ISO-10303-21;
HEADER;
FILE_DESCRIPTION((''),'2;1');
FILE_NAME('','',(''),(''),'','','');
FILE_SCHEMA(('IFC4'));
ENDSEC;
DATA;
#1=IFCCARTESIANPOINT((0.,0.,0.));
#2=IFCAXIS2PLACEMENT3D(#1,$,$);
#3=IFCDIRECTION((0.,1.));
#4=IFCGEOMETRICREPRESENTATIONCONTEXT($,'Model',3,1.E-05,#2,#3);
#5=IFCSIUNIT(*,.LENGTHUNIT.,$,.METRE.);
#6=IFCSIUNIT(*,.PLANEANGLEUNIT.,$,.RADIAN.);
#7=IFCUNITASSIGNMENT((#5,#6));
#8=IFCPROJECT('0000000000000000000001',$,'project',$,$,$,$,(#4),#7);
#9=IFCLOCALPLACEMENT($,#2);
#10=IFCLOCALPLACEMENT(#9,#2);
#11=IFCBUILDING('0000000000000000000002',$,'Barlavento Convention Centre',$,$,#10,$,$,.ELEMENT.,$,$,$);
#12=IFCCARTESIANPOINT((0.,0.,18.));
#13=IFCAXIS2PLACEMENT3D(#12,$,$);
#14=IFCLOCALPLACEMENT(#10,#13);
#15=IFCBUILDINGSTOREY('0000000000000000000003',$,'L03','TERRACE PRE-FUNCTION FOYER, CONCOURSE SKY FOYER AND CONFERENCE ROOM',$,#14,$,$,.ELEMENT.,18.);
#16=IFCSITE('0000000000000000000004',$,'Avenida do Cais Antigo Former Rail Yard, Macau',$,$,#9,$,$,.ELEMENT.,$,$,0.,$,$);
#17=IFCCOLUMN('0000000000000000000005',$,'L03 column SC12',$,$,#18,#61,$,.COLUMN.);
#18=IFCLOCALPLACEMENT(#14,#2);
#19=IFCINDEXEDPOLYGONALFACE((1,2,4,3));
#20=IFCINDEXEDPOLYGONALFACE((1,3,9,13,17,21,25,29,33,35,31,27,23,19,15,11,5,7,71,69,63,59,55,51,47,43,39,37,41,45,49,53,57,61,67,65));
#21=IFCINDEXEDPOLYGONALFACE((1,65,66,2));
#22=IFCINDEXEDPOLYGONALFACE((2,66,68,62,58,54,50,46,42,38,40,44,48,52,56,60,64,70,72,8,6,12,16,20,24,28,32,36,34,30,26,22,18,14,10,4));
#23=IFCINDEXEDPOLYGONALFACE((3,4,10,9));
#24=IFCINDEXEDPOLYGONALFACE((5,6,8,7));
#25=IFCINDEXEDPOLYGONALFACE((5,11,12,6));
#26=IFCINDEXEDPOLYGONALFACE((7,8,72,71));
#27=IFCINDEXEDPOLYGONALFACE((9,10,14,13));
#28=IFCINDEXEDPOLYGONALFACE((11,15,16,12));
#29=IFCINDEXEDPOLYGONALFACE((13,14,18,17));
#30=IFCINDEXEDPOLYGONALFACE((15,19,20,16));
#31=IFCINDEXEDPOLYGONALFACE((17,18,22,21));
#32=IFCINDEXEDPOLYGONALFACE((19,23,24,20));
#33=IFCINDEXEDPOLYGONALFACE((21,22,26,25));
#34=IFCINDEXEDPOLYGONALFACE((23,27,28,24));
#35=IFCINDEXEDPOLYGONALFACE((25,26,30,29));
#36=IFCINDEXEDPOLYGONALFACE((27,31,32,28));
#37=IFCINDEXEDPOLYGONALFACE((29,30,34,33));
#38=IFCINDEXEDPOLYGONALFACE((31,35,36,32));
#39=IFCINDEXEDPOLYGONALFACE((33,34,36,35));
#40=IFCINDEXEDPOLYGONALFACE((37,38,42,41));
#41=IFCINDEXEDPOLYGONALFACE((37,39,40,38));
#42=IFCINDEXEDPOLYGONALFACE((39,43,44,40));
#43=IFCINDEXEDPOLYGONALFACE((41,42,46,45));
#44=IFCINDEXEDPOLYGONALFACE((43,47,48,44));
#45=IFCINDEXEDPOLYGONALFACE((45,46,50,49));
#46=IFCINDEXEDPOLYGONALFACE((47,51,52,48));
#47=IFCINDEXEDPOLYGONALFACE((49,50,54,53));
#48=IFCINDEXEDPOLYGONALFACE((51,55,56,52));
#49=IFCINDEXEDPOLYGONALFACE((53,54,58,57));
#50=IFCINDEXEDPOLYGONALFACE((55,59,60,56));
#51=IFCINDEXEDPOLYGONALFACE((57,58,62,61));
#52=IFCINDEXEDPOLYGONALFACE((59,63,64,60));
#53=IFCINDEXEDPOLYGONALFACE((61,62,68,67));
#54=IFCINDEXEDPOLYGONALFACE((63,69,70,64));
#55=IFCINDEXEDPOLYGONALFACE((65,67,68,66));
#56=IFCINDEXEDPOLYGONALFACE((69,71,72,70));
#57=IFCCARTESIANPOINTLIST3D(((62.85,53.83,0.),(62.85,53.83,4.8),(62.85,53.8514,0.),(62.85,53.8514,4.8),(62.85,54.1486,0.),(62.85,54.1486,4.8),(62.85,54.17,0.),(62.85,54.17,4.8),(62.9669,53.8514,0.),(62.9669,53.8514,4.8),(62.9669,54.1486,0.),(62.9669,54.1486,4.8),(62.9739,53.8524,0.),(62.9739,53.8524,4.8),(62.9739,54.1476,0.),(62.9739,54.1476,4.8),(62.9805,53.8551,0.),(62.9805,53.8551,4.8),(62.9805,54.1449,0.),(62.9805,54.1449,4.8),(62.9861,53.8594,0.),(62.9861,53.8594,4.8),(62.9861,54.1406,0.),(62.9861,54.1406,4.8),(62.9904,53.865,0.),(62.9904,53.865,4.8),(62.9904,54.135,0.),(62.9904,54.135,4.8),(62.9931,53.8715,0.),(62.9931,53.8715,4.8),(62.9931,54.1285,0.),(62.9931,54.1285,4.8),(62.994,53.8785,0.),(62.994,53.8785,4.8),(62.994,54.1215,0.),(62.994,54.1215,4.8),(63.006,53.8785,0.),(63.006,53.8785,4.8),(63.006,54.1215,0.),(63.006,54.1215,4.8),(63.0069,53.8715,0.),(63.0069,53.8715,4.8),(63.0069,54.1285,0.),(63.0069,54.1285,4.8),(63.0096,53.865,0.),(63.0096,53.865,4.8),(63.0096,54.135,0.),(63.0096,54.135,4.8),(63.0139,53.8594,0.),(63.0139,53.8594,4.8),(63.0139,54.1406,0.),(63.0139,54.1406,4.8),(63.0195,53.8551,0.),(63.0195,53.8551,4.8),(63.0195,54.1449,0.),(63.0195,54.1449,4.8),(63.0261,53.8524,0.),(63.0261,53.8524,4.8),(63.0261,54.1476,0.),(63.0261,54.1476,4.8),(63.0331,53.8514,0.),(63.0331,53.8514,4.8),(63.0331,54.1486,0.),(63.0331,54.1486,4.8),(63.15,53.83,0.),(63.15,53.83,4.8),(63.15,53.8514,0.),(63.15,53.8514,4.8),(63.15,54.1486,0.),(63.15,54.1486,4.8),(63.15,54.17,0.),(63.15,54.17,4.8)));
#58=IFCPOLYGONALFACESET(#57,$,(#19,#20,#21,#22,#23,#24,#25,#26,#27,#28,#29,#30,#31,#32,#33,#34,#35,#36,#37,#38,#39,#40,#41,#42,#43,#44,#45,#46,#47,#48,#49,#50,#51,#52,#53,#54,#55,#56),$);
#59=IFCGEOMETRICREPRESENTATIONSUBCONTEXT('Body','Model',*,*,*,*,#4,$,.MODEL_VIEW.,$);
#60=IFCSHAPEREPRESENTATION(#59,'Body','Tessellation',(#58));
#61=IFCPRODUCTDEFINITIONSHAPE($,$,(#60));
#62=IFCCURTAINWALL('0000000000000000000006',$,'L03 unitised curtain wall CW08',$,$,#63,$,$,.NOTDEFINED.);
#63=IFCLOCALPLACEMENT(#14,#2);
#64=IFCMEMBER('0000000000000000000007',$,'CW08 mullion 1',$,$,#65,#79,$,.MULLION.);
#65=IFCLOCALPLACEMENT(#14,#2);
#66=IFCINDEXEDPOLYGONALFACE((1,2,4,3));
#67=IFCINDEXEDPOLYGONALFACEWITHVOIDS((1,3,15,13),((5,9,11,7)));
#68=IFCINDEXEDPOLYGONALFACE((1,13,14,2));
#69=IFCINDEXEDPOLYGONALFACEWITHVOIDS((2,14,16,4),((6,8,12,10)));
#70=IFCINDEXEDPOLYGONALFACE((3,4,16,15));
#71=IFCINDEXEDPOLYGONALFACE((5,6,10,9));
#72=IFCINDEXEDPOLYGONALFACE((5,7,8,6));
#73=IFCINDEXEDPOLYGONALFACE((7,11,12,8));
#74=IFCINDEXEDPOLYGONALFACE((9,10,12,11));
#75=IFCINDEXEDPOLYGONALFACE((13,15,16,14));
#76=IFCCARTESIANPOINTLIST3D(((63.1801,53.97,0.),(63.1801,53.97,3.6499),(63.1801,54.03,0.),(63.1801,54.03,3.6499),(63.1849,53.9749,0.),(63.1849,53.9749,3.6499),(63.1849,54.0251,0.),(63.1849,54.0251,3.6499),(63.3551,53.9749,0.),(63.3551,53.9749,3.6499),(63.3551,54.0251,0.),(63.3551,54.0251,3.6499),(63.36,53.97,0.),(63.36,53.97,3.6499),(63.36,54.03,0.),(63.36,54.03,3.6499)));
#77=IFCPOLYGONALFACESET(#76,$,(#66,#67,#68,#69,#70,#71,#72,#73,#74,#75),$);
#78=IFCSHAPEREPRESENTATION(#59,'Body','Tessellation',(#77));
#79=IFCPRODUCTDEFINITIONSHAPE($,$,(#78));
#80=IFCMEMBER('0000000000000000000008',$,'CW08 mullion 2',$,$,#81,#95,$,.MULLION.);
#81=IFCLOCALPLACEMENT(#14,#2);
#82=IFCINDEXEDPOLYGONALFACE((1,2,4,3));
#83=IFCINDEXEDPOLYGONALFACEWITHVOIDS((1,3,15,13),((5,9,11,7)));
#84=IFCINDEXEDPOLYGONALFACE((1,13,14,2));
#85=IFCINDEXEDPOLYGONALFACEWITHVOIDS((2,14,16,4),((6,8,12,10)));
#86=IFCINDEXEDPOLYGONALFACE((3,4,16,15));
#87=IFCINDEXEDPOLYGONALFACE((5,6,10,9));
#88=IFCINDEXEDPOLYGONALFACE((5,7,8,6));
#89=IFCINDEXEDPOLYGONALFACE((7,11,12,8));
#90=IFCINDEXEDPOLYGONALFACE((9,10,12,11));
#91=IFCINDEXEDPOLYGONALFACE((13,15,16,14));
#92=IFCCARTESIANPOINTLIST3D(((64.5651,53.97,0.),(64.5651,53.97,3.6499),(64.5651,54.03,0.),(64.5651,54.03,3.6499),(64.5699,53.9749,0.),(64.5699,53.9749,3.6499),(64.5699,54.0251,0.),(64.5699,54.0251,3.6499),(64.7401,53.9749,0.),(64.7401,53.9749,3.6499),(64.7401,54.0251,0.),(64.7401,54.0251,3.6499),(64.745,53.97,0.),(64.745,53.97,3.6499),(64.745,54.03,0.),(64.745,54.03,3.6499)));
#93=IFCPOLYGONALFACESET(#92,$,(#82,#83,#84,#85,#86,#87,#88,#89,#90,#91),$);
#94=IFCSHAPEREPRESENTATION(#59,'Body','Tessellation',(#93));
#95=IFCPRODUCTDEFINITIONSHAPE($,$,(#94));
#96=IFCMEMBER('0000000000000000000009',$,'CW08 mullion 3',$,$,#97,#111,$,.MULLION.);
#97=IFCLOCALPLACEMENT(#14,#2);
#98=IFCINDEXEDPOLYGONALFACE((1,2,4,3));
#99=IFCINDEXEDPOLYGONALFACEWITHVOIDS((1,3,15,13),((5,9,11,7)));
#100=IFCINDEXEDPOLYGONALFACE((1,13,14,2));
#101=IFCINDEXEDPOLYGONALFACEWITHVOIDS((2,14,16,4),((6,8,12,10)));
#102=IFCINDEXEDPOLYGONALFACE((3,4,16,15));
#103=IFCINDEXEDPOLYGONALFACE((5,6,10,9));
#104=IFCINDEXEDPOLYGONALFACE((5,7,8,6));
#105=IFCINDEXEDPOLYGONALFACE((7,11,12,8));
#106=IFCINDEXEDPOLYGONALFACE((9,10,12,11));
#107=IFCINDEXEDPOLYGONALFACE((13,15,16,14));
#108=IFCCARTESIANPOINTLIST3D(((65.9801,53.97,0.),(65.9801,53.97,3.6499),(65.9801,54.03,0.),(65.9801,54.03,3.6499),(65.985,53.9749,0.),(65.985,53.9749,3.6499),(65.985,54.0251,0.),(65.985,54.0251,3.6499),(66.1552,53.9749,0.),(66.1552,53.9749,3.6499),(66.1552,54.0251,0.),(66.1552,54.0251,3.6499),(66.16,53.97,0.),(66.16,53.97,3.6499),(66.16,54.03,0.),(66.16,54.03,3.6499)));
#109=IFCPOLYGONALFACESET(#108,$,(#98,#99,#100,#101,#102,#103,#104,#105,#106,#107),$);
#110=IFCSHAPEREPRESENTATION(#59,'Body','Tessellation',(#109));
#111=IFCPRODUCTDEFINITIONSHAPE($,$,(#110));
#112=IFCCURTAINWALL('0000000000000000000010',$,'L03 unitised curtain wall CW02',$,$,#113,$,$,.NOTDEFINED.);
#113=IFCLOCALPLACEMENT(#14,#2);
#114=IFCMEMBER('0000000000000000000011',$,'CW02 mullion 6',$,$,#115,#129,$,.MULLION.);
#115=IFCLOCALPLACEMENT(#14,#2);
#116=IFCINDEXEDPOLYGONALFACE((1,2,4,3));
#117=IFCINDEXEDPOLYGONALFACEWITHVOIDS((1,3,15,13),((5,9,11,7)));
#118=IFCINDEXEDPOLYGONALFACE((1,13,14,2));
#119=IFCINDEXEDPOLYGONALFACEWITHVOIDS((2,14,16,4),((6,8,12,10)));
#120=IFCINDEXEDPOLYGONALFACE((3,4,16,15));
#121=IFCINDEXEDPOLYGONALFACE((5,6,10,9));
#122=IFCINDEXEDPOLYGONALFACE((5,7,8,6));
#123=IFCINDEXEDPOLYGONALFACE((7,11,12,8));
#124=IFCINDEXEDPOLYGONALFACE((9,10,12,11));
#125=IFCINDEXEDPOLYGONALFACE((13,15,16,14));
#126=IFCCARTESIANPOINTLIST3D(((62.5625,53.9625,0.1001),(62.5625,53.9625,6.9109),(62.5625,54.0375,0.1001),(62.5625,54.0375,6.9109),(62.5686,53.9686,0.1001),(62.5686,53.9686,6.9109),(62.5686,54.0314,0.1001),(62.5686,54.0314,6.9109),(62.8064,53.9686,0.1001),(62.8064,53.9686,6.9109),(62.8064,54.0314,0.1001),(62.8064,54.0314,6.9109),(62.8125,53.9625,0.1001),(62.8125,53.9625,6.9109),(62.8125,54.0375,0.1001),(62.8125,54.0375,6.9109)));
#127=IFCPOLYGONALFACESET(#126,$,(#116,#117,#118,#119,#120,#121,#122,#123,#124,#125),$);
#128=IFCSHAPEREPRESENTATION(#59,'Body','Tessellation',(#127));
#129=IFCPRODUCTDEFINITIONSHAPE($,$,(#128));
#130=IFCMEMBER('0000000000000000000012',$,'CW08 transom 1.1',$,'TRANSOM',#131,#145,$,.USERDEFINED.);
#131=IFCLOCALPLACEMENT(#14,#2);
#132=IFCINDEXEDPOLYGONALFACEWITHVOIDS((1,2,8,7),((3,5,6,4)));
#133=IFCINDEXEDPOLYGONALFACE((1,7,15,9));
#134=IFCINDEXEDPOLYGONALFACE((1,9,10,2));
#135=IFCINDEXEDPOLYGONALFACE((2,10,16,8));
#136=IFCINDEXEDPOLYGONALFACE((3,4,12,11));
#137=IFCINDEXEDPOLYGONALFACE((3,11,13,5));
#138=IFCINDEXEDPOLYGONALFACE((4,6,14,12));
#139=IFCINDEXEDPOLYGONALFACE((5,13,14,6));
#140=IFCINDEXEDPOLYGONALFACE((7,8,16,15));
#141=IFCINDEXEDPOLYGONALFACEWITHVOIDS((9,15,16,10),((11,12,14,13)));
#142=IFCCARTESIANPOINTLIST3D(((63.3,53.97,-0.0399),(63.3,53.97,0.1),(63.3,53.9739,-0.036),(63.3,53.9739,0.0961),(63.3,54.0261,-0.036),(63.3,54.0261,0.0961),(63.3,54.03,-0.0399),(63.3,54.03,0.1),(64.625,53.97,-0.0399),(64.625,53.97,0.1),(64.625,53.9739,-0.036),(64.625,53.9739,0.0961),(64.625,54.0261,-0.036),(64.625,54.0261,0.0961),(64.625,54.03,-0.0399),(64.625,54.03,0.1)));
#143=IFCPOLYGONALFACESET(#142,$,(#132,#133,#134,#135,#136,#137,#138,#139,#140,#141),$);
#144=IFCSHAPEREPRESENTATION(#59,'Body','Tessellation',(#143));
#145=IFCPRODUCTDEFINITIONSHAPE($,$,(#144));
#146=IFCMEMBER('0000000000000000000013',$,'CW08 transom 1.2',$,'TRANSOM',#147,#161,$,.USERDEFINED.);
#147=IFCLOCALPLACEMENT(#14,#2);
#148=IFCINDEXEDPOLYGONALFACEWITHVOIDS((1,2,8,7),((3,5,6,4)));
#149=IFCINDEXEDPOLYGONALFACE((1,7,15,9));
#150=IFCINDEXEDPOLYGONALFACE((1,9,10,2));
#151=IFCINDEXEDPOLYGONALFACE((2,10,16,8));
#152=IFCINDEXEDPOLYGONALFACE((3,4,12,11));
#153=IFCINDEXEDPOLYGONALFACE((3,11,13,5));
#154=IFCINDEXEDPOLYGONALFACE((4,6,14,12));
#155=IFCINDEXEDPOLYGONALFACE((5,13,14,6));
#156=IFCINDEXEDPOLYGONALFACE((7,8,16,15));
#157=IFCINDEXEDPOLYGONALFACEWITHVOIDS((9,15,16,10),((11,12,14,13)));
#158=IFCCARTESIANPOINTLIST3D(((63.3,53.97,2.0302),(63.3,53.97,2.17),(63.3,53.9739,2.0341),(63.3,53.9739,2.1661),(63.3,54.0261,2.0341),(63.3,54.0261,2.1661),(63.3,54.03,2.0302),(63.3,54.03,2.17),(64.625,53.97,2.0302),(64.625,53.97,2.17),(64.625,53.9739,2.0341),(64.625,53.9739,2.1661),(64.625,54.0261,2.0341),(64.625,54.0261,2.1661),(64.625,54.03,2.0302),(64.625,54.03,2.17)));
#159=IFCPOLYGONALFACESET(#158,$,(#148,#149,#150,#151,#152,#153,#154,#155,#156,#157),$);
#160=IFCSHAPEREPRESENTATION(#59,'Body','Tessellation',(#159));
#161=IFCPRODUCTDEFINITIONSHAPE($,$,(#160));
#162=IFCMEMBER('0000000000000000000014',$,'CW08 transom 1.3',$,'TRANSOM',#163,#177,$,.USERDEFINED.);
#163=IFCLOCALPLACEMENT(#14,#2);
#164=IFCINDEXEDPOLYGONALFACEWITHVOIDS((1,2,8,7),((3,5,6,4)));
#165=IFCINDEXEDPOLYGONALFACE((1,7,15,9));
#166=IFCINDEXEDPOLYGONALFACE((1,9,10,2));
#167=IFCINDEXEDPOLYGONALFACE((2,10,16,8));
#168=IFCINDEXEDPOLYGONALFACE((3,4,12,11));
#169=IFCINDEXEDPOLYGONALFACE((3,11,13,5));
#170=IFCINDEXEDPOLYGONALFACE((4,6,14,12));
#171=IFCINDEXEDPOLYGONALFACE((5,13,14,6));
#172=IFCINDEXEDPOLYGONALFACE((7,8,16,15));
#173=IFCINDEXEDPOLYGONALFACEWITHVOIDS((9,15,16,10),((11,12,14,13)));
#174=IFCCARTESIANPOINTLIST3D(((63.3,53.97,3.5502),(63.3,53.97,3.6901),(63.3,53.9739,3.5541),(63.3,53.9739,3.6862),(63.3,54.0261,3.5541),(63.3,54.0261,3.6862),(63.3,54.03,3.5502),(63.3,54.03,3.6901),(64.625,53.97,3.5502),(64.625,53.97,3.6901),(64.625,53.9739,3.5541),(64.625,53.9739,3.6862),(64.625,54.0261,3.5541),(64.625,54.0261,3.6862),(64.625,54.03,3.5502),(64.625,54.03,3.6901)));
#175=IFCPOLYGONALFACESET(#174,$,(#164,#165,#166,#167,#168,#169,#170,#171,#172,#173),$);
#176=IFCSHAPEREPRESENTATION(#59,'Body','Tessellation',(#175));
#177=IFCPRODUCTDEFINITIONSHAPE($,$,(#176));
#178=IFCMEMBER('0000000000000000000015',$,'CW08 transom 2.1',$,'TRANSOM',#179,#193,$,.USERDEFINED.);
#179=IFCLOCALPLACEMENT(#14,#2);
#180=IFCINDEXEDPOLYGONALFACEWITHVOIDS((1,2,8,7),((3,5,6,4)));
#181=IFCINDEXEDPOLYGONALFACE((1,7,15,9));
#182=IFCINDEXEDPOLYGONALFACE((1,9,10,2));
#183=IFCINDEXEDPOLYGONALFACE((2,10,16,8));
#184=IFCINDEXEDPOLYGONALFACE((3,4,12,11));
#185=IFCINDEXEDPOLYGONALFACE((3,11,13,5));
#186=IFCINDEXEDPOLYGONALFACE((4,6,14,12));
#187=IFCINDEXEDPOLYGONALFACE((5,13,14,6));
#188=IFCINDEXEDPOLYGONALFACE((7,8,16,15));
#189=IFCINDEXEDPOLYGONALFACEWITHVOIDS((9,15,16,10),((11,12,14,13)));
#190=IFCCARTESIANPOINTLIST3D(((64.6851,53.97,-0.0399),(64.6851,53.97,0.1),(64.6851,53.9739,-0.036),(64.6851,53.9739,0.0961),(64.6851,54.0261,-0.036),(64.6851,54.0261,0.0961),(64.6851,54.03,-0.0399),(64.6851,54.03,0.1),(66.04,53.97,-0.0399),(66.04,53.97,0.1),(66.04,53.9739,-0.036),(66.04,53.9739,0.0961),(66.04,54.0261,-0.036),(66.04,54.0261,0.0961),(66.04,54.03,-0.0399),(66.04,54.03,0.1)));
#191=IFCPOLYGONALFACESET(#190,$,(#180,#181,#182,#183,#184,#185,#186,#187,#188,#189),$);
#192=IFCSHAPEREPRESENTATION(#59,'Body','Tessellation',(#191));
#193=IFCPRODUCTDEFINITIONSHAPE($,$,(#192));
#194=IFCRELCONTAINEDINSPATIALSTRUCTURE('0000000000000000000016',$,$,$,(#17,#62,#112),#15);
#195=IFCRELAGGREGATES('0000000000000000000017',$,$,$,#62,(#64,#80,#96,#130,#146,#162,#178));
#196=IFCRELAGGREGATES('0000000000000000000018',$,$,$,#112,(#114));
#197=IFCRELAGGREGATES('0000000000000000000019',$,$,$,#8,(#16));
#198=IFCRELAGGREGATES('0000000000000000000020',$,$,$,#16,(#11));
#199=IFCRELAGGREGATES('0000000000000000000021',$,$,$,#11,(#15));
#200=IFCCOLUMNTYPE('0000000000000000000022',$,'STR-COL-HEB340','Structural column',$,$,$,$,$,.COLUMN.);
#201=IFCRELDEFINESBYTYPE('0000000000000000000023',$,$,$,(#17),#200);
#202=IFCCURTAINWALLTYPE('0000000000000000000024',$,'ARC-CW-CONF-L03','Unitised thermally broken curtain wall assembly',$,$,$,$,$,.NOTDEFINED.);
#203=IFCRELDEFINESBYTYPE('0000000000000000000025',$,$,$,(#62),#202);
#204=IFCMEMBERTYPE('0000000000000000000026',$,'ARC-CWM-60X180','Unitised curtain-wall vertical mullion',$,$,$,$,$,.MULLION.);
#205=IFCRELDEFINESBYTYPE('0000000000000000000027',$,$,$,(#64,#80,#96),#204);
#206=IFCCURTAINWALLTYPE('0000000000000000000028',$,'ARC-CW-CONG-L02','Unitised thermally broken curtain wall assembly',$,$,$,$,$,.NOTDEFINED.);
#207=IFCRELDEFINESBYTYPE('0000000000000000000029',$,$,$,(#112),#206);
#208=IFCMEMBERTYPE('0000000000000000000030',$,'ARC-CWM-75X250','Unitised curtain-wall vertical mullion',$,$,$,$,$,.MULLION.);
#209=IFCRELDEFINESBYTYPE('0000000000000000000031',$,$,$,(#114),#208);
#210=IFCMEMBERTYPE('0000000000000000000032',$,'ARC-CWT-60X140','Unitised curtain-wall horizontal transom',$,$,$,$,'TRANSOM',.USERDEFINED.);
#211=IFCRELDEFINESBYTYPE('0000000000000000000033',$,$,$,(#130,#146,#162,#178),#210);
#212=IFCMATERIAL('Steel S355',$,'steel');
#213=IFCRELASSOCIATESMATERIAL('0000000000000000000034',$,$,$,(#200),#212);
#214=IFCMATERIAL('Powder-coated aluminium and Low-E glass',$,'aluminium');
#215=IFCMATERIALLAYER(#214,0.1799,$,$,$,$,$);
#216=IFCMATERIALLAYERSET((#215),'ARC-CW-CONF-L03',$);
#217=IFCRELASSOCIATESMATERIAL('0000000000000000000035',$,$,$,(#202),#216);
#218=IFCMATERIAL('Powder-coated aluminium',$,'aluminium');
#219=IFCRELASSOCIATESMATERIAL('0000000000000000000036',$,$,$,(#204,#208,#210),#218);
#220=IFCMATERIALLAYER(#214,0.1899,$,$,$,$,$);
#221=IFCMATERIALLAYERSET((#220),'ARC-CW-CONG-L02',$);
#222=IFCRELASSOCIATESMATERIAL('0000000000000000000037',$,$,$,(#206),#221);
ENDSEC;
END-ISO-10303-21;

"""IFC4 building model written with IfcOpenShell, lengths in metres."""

from ifc_helpers import new_model, si_unit, direction, frame, origin, origin_2d, place, context, subcontext, project, spatial, hollow_rectangle, i_section, extrude, material, layer, layer_set, material_profile, profile_set, type_object, element, aggregate, save


model = new_model("IFC4")

# Units and contexts
model_context = context("Model", 3, precision=1e-05, world=origin(), true_north=direction((0.0, 1.0)))
body_context = subcontext(model_context, "Body", "Model", "MODEL_VIEW")
ifc_project = project(units=[si_unit("LENGTHUNIT", "METRE"), si_unit("PLANEANGLEUNIT", "RADIAN")], contexts=[model_context])

# Site, building, storey
site_placement = place(None, origin())
site = spatial("IfcSite", under=ifc_project, at=site_placement, Name="Avenida do Cais Antigo Former Rail Yard, Macau", CompositionType="ELEMENT", RefElevation=0.0)
building_placement = place(site_placement, origin())
building = spatial("IfcBuilding", under=site, at=building_placement, Name="Barlavento Convention Centre", CompositionType="ELEMENT")
storey_placement = place(building_placement, frame((0.0, 0.0, 18.0)))
storey = spatial("IfcBuildingStorey", under=building, at=storey_placement, Name="L03", Description="TERRACE PRE-FUNCTION FOYER, CONCOURSE SKY FOYER AND CONFERENCE ROOM", CompositionType="ELEMENT", Elevation=18.0)

# Column
ifc_material_1 = material(Name="Steel S355", Category="steel")
ifc_material_profile_1 = material_profile(ifc_material_1, i_section(OverallWidth=0.3, OverallDepth=0.3401, WebThickness=0.012, FlangeThickness=0.0215, FilletRadius=0.0271, at=origin_2d()), Name="HEB 340")
ifc_profile_set_1 = profile_set([ifc_material_profile_1], Name="Steel S355")
column_type = type_object("IfcColumnType", Name="STR-COL-HEB340", Description="Structural column", PredefinedType="COLUMN", material=ifc_profile_set_1)
column_placement = place(storey_placement, frame((63.0, 54.0, 0.0), z_axis=(0.0, 0.0, 1.0), x_axis=(1.0, 0.0, 0.0)))
element("IfcColumn", 1, at=column_placement, inside=storey, type_object=column_type, Name="L03 column SC12", PredefinedType="COLUMN", context=body_context, shape_type="SweptSolid", body=[
    extrude(i_section(OverallWidth=0.3, OverallDepth=0.3401, WebThickness=0.012, FlangeThickness=0.0215, FilletRadius=0.0271, at=origin_2d()), origin(), (0.0, 0.0, 1.0), 4.8),
])

# Curtain wall, members
ifc_material_2 = material(Name="Powder-coated aluminium and Low-E glass", Category="aluminium")
ifc_layer_1 = layer(ifc_material_2, 0.1799)
ifc_layer_set_1 = layer_set([ifc_layer_1], Name="ARC-CW-CONF-L03")
curtain_wall_type_1 = type_object("IfcCurtainWallType", Name="ARC-CW-CONF-L03", Description="Unitised thermally broken curtain wall assembly", PredefinedType="NOTDEFINED", material=ifc_layer_set_1)
curtain_wall_1_placement = place(storey_placement, origin())
curtain_wall_1 = element("IfcCurtainWall", 2, at=curtain_wall_1_placement, inside=storey, type_object=curtain_wall_type_1, Name="L03 unitised curtain wall CW08", PredefinedType="NOTDEFINED")
ifc_material_3 = material(Name="Powder-coated aluminium", Category="aluminium")
ifc_material_profile_2 = material_profile(ifc_material_3, hollow_rectangle(XDim=0.0601, YDim=0.1799, WallThickness=0.0049, at=origin_2d()), Name="AL-MULL 60x180x5")
ifc_profile_set_2 = profile_set([ifc_material_profile_2], Name="Powder-coated aluminium")
member_type_1 = type_object("IfcMemberType", Name="ARC-CWM-60X180", Description="Unitised curtain-wall vertical mullion", PredefinedType="MULLION", material=ifc_profile_set_2)
member_1_placement = place(storey_placement, frame((63.27, 54.0, 0.0), z_axis=(0.0, 0.0, 1.0), x_axis=(0.0, 1.0, 0.0)))
member_1 = element("IfcMember", 3, at=member_1_placement, type_object=member_type_1, Name="CW08 mullion 1", PredefinedType="MULLION", context=body_context, shape_type="SweptSolid", body=[
    extrude(hollow_rectangle(XDim=0.0601, YDim=0.1799, WallThickness=0.0049, at=origin_2d()), origin(), (0.0, 0.0, 1.0), 3.6499),
])
member_2_placement = place(storey_placement, frame((64.655, 54.0, 0.0), z_axis=(0.0, 0.0, 1.0), x_axis=(0.0, 1.0, 0.0)))
member_2 = element("IfcMember", 4, at=member_2_placement, type_object=member_type_1, Name="CW08 mullion 2", PredefinedType="MULLION", context=body_context, shape_type="SweptSolid", body=[
    extrude(hollow_rectangle(XDim=0.0601, YDim=0.1799, WallThickness=0.0049, at=origin_2d()), origin(), (0.0, 0.0, 1.0), 3.6499),
])
member_3_placement = place(storey_placement, frame((66.0701, 54.0, 0.0), z_axis=(0.0, 0.0, 1.0), x_axis=(0.0, 1.0, 0.0)))
member_3 = element("IfcMember", 5, at=member_3_placement, type_object=member_type_1, Name="CW08 mullion 3", PredefinedType="MULLION", context=body_context, shape_type="SweptSolid", body=[
    extrude(hollow_rectangle(XDim=0.0601, YDim=0.1799, WallThickness=0.0049, at=origin_2d()), origin(), (0.0, 0.0, 1.0), 3.6499),
])

# Curtain wall, member
ifc_layer_2 = layer(ifc_material_2, 0.1899)
ifc_layer_set_2 = layer_set([ifc_layer_2], Name="ARC-CW-CONG-L02")
curtain_wall_type_2 = type_object("IfcCurtainWallType", Name="ARC-CW-CONG-L02", Description="Unitised thermally broken curtain wall assembly", PredefinedType="NOTDEFINED", material=ifc_layer_set_2)
curtain_wall_2_placement = place(storey_placement, origin())
curtain_wall_2 = element("IfcCurtainWall", 6, at=curtain_wall_2_placement, inside=storey, type_object=curtain_wall_type_2, Name="L03 unitised curtain wall CW02", PredefinedType="NOTDEFINED")
ifc_material_profile_3 = material_profile(ifc_material_3, hollow_rectangle(XDim=0.075, YDim=0.25, WallThickness=0.0061, at=origin_2d()), Name="AL-MULL 75x250x6")
ifc_profile_set_3 = profile_set([ifc_material_profile_3], Name="Powder-coated aluminium")
member_type_2 = type_object("IfcMemberType", Name="ARC-CWM-75X250", Description="Unitised curtain-wall vertical mullion", PredefinedType="MULLION", material=ifc_profile_set_3)
member_4_placement = place(storey_placement, frame((62.6875, 54.0, 0.1001), z_axis=(0.0, 0.0, 1.0), x_axis=(0.0, 1.0, 0.0)))
member_4 = element("IfcMember", 7, at=member_4_placement, type_object=member_type_2, Name="CW02 mullion 6", PredefinedType="MULLION", context=body_context, shape_type="SweptSolid", body=[
    extrude(hollow_rectangle(XDim=0.075, YDim=0.25, WallThickness=0.0061, at=origin_2d()), origin(), (0.0, 0.0, 1.0), 6.8108),
])

# Members
ifc_material_profile_4 = material_profile(ifc_material_3, hollow_rectangle(XDim=0.0601, YDim=0.1399, WallThickness=0.0039, at=origin_2d()), Name="AL-TRAN 60x140x4")
ifc_profile_set_4 = profile_set([ifc_material_profile_4], Name="Powder-coated aluminium")
member_type_3 = type_object("IfcMemberType", Name="ARC-CWT-60X140", Description="Unitised curtain-wall horizontal transom", ElementType="TRANSOM", PredefinedType="USERDEFINED", material=ifc_profile_set_4)
member_5_placement = place(storey_placement, frame((63.3, 54.0, 0.03), z_axis=(1.0, 0.0, 0.0), x_axis=(0.0, 1.0, 0.0)))
member_5 = element("IfcMember", 8, at=member_5_placement, type_object=member_type_3, Name="CW08 transom 1.1", ObjectType="TRANSOM", PredefinedType="USERDEFINED", context=body_context, shape_type="SweptSolid", body=[
    extrude(hollow_rectangle(XDim=0.0601, YDim=0.1399, WallThickness=0.0039, at=origin_2d()), origin(), (0.0, 0.0, 1.0), 1.325),
])
member_6_placement = place(storey_placement, frame((63.3, 54.0, 2.1001), z_axis=(1.0, 0.0, 0.0), x_axis=(0.0, 1.0, 0.0)))
member_6 = element("IfcMember", 9, at=member_6_placement, type_object=member_type_3, Name="CW08 transom 1.2", ObjectType="TRANSOM", PredefinedType="USERDEFINED", context=body_context, shape_type="SweptSolid", body=[
    extrude(hollow_rectangle(XDim=0.0601, YDim=0.1399, WallThickness=0.0039, at=origin_2d()), origin(), (0.0, 0.0, 1.0), 1.325),
])
member_7_placement = place(storey_placement, frame((63.3, 54.0, 3.6201), z_axis=(1.0, 0.0, 0.0), x_axis=(0.0, 1.0, 0.0)))
member_7 = element("IfcMember", 10, at=member_7_placement, type_object=member_type_3, Name="CW08 transom 1.3", ObjectType="TRANSOM", PredefinedType="USERDEFINED", context=body_context, shape_type="SweptSolid", body=[
    extrude(hollow_rectangle(XDim=0.0601, YDim=0.1399, WallThickness=0.0039, at=origin_2d()), origin(), (0.0, 0.0, 1.0), 1.325),
])
member_8_placement = place(storey_placement, frame((64.6851, 54.0, 0.03), z_axis=(1.0, 0.0, 0.0), x_axis=(0.0, 1.0, 0.0)))
member_8 = element("IfcMember", 11, at=member_8_placement, type_object=member_type_3, Name="CW08 transom 2.1", ObjectType="TRANSOM", PredefinedType="USERDEFINED", context=body_context, shape_type="SweptSolid", body=[
    extrude(hollow_rectangle(XDim=0.0601, YDim=0.1399, WallThickness=0.0039, at=origin_2d()), origin(), (0.0, 0.0, 1.0), 1.355),
])

aggregate(curtain_wall_1, [member_1, member_2, member_3, member_5, member_6, member_7, member_8])
aggregate(curtain_wall_2, [member_4])

save(model, "model.ifc")
